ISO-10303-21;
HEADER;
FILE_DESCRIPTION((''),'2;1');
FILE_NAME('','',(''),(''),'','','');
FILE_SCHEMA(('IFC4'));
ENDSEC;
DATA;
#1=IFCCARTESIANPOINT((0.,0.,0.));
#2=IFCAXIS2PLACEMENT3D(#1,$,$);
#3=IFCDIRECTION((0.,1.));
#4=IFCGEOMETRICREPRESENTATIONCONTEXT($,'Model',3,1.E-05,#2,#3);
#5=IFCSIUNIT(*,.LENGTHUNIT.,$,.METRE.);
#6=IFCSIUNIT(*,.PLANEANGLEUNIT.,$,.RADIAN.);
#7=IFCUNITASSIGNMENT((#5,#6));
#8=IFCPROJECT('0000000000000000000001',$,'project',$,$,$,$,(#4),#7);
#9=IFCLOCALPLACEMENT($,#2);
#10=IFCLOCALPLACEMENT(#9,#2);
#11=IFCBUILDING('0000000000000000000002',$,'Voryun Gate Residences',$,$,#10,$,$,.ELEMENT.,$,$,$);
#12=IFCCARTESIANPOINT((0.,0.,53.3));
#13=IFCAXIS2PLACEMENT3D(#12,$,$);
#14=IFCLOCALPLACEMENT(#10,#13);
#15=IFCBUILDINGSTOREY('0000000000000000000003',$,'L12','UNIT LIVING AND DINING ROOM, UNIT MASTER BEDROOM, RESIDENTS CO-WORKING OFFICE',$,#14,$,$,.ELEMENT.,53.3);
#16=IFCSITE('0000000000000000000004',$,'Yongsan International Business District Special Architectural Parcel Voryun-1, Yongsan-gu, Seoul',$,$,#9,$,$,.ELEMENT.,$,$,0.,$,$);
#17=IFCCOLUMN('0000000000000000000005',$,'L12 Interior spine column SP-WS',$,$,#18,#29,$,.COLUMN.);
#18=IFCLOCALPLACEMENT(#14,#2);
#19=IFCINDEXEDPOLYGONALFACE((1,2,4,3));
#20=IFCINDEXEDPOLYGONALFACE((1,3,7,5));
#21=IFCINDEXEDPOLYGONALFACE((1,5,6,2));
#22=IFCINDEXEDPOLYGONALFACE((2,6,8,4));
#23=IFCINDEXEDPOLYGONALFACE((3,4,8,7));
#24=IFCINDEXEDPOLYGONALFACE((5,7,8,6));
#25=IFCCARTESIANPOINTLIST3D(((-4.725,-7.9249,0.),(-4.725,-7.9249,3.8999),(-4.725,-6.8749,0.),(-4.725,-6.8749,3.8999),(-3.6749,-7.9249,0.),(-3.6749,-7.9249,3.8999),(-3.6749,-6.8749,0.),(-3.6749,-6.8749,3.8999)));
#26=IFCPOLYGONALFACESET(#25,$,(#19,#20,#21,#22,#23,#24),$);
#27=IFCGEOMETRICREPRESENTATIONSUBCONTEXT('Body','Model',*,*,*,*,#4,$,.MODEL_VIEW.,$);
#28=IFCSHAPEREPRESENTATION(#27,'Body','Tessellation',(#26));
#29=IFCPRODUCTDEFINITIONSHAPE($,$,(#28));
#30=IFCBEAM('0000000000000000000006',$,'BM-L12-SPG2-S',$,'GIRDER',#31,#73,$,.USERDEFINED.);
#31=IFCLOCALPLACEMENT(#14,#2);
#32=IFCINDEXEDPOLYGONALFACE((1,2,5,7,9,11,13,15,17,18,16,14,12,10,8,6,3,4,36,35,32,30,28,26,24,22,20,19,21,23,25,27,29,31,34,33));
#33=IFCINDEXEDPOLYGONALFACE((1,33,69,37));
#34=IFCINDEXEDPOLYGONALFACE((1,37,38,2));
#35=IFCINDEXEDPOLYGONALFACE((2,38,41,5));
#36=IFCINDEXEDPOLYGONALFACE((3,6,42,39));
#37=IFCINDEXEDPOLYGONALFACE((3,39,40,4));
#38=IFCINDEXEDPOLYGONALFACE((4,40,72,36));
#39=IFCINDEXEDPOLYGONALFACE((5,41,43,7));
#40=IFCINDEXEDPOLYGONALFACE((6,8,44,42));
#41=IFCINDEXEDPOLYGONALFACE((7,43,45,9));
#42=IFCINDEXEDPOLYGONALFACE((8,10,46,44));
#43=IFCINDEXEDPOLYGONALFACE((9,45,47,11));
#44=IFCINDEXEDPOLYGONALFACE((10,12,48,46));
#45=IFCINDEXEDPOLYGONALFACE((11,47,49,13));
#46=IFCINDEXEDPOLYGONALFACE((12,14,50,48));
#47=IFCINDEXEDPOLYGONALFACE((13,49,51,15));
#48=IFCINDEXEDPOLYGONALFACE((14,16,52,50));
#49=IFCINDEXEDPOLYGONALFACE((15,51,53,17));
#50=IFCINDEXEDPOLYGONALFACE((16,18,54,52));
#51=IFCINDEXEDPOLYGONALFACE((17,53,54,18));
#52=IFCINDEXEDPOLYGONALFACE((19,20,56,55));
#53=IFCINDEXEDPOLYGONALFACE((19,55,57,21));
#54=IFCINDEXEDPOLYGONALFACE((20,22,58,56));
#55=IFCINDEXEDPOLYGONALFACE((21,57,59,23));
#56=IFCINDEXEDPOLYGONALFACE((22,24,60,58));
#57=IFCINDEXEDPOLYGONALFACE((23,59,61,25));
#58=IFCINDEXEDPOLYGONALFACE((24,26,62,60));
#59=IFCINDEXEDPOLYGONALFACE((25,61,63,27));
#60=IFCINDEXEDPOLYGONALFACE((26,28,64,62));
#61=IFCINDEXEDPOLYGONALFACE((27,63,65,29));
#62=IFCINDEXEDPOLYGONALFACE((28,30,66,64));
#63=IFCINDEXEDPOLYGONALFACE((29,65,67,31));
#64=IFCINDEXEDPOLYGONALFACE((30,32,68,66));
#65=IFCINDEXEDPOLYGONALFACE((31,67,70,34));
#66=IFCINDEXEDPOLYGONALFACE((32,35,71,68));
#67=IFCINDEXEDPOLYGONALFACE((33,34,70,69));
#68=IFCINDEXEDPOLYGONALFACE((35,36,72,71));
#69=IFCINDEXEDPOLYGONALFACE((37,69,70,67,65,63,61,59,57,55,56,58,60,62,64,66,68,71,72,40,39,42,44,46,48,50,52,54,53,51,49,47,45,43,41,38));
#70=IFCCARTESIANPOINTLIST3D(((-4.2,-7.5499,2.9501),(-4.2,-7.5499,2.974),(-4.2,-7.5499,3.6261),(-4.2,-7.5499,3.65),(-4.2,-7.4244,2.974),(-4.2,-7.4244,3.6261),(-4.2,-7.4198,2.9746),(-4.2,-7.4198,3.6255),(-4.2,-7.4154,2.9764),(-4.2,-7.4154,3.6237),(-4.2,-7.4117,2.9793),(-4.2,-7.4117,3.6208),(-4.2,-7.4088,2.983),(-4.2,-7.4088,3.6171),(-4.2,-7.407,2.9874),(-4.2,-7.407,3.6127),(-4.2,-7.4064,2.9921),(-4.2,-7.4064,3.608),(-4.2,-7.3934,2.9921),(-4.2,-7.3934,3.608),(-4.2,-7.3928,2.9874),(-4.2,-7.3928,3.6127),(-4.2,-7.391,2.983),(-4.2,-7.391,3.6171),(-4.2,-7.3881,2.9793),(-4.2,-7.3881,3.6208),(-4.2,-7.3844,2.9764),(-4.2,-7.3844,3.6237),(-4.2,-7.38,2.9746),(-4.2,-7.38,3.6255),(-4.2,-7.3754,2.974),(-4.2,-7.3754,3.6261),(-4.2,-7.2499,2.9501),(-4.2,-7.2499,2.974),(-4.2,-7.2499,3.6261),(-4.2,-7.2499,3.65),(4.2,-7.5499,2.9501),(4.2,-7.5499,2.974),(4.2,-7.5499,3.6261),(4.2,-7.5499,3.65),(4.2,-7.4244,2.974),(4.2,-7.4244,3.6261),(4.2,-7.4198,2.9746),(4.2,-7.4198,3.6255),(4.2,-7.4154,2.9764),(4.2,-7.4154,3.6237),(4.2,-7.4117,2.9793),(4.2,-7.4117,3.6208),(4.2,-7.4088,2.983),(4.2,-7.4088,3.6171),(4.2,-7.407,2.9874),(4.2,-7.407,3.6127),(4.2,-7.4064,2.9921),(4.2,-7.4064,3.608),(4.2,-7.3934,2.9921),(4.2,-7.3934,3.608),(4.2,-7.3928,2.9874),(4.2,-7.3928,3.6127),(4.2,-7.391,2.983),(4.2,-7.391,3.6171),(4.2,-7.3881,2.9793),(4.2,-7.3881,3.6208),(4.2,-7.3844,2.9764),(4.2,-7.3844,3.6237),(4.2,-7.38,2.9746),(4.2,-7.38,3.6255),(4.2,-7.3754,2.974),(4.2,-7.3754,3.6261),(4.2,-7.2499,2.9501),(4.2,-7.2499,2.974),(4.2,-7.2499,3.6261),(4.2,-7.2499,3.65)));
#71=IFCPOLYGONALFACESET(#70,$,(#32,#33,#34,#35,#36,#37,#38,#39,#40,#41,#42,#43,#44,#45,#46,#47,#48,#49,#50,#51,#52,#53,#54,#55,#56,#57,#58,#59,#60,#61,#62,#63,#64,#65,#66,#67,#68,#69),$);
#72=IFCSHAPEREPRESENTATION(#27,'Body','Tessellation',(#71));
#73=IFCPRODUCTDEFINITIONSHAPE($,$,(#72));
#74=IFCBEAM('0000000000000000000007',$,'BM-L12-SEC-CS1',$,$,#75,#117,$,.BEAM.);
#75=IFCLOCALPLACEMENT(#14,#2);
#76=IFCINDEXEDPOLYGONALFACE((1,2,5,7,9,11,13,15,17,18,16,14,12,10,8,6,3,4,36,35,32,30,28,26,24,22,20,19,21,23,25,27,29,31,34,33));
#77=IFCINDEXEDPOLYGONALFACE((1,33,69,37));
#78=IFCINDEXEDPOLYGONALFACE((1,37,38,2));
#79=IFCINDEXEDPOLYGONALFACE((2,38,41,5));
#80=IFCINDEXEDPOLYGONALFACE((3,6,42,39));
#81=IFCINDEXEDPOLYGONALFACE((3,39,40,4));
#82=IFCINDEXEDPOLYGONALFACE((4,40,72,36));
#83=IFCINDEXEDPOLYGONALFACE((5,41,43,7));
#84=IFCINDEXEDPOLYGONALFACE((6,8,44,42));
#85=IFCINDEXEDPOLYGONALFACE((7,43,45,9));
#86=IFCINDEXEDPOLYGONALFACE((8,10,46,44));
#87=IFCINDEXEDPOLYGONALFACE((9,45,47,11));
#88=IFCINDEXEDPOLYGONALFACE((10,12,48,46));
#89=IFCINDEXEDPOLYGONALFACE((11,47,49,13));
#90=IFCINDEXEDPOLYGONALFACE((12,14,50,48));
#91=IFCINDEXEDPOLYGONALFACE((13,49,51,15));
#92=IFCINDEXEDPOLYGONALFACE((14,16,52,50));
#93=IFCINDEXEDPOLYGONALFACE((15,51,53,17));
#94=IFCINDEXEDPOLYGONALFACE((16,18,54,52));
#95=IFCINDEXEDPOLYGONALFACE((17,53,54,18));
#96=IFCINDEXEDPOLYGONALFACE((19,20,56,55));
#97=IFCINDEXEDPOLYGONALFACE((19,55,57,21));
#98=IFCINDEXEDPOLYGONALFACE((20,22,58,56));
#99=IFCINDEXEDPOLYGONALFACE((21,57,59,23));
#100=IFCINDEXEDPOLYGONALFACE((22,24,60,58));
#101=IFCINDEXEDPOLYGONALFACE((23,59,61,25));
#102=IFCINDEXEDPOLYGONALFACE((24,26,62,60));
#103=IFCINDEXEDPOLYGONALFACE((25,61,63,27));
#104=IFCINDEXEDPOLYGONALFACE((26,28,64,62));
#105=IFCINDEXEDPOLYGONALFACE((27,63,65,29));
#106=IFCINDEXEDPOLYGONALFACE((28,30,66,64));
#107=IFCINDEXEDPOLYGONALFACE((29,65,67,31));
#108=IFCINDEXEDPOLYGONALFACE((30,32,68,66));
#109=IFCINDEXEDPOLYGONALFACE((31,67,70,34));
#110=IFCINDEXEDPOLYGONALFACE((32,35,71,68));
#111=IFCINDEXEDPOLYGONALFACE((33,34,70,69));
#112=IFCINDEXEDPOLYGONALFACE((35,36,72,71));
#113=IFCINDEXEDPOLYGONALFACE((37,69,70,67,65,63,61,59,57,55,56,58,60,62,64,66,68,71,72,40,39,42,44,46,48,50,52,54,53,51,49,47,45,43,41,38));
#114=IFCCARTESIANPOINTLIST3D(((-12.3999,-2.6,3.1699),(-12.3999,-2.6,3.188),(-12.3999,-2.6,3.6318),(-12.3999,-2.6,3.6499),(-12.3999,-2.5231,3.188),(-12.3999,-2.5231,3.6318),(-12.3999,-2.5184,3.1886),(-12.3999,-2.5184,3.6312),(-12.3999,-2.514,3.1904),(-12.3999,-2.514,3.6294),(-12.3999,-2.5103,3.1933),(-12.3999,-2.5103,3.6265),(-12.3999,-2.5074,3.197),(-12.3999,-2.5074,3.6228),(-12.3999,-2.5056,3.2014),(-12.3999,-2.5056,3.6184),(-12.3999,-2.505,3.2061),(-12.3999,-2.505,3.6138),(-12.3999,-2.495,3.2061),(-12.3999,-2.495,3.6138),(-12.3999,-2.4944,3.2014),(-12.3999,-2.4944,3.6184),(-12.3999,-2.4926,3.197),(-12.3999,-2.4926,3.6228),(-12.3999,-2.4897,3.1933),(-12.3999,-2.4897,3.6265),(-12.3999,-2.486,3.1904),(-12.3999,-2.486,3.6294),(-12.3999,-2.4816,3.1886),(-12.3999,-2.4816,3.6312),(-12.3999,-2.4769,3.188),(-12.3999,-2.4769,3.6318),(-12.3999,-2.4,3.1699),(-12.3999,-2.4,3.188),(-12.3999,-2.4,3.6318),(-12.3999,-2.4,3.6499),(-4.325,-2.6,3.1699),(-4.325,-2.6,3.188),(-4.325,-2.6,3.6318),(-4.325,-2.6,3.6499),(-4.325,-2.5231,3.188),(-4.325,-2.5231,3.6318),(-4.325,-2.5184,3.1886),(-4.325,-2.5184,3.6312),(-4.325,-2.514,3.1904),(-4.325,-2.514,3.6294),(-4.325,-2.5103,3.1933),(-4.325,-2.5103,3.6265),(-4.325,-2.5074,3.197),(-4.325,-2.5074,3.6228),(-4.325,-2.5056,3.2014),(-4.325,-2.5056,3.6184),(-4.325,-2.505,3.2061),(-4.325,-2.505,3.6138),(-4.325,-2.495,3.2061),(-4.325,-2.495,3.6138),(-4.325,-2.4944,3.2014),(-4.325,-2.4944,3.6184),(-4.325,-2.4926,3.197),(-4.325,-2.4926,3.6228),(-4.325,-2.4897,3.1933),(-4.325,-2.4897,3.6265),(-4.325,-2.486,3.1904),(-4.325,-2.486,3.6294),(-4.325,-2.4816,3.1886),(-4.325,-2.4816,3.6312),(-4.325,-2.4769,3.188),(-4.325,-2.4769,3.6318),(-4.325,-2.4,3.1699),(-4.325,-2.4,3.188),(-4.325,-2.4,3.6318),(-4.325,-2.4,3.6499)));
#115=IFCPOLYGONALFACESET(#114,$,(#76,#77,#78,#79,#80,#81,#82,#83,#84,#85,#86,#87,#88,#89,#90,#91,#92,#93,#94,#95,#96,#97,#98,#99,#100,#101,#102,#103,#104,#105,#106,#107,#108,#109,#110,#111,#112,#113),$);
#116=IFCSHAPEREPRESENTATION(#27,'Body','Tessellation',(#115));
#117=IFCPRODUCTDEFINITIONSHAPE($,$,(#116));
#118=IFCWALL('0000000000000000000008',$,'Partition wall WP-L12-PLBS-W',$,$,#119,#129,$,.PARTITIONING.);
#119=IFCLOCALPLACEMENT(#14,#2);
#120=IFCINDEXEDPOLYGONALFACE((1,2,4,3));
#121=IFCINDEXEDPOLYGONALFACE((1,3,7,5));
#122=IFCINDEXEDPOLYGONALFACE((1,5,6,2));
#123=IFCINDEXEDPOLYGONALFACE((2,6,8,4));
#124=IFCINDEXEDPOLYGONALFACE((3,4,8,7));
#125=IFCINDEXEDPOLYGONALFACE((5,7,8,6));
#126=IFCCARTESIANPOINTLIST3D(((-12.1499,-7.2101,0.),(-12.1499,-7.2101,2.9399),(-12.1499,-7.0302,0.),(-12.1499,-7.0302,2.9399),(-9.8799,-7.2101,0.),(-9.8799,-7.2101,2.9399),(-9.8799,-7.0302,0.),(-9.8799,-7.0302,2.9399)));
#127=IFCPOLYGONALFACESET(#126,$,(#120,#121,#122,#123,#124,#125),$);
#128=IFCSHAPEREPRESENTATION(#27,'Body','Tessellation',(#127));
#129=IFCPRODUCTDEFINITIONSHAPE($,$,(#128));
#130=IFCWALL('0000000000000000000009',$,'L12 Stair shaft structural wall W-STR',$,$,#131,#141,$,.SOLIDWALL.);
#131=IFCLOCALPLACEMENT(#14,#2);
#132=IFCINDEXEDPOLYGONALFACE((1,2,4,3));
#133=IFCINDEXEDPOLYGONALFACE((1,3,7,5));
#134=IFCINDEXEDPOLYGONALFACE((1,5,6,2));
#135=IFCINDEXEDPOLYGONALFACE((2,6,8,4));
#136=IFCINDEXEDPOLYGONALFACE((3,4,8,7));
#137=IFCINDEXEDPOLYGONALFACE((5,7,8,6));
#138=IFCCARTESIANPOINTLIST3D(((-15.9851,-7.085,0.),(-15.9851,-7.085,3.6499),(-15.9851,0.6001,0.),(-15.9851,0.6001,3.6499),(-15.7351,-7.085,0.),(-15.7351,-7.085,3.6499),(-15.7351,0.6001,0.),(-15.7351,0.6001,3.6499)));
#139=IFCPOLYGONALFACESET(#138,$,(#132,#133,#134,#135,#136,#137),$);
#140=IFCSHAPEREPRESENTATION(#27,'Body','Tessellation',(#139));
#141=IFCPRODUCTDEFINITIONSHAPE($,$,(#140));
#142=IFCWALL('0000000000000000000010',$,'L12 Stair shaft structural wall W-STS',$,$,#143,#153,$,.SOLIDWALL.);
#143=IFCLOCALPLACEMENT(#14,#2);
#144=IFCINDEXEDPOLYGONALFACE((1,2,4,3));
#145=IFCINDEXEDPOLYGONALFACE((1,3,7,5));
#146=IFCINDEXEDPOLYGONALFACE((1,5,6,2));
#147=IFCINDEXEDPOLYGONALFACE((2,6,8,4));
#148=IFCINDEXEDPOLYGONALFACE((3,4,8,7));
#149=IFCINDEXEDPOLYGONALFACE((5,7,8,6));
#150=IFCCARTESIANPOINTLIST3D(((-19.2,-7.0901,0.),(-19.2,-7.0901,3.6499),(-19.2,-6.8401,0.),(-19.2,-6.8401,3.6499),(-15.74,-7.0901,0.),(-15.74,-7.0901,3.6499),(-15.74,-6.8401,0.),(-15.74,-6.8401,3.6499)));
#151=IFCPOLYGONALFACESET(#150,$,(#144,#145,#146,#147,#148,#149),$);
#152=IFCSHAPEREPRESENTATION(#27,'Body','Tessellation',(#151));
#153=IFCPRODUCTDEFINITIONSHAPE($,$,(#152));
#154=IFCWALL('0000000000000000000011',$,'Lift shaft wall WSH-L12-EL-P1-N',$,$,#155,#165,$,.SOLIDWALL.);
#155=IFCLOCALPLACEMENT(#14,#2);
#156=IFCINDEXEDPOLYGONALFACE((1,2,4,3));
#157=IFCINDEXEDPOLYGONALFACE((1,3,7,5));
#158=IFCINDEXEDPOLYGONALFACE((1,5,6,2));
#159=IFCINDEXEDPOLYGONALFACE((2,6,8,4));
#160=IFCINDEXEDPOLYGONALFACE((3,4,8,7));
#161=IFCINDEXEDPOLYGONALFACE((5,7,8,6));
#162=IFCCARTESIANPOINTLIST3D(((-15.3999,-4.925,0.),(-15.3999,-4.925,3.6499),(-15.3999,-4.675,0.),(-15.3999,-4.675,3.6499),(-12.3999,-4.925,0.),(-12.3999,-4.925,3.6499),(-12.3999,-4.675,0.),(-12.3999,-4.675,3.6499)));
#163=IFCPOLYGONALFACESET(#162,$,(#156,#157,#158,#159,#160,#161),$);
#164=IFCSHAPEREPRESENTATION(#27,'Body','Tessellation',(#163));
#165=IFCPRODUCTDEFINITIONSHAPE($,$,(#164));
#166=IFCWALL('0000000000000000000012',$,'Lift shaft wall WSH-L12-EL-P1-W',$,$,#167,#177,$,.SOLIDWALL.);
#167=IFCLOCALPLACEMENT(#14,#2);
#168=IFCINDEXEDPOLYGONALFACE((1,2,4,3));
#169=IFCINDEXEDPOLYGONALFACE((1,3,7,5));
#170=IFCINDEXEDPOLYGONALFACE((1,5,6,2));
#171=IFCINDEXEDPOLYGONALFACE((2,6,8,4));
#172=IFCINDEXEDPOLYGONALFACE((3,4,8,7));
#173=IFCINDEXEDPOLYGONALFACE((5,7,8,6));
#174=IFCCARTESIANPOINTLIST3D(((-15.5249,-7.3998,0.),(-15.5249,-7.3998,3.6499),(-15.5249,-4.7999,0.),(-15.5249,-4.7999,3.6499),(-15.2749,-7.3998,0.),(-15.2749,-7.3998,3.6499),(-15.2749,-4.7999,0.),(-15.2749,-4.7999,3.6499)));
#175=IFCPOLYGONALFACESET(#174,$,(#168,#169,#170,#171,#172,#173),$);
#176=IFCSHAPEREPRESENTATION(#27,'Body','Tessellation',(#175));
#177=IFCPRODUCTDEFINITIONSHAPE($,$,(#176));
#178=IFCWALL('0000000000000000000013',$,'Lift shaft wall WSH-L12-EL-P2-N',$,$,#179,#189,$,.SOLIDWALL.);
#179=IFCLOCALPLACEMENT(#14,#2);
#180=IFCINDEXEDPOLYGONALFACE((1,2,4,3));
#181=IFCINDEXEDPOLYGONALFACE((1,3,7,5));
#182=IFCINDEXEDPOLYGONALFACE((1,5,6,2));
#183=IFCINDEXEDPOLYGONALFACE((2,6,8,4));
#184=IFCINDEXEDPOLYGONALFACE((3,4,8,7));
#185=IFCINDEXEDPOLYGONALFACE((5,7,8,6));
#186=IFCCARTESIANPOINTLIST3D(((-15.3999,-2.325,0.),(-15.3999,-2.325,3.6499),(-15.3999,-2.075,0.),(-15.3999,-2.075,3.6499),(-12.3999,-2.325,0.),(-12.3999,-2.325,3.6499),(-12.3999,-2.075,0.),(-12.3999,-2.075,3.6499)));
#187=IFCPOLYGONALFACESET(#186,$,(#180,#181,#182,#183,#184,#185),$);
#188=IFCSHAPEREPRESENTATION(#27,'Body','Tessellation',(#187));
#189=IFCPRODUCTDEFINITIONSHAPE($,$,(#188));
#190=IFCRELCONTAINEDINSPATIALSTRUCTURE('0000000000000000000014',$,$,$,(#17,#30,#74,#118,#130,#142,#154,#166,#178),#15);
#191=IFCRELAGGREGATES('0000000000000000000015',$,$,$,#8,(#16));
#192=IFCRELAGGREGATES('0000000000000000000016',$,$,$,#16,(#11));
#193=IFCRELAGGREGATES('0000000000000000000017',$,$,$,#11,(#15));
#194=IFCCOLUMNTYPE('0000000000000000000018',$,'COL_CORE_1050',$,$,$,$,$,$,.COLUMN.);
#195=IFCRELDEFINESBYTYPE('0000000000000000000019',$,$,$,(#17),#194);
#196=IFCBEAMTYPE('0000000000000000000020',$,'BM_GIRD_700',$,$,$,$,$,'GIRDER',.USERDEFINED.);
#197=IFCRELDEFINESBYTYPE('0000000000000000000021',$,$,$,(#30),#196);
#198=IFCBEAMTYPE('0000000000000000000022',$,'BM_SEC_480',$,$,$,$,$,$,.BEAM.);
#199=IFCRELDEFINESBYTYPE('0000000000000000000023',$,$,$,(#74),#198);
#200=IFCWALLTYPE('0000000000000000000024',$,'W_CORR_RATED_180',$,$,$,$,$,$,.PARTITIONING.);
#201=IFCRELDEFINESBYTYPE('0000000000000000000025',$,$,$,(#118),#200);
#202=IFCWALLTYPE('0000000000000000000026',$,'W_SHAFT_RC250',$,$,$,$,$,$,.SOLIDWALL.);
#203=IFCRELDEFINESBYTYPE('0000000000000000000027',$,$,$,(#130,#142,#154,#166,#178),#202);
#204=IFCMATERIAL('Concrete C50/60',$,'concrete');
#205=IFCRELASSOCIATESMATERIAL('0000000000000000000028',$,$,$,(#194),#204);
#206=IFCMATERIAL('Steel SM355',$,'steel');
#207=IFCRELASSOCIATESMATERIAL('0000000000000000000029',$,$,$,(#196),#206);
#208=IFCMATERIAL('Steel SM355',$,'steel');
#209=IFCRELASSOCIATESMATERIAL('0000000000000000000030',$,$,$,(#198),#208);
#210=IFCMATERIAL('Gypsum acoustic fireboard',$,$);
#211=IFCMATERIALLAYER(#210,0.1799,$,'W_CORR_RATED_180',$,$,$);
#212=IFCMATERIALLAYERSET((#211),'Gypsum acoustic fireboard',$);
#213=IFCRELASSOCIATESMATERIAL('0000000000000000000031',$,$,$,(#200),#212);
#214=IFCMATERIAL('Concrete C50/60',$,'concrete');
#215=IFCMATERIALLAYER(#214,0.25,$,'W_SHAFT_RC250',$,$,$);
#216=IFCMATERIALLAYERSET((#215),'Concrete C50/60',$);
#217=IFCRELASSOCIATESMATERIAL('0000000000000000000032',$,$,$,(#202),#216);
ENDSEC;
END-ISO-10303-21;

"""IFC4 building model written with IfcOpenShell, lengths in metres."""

from ifc_helpers import new_model, si_unit, direction, frame, frame_2d, origin, origin_2d, place, context, subcontext, project, spatial, rectangle, i_section, extrude, material, layer, layer_set, material_profile, profile_set, type_object, element, save


model = new_model("IFC4")

# Units and contexts
model_context = context("Model", 3, precision=1e-05, world=origin(), true_north=direction((0.0, 1.0)))
body_context = subcontext(model_context, "Body", "Model", "MODEL_VIEW")
ifc_project = project(units=[si_unit("LENGTHUNIT", "METRE"), si_unit("PLANEANGLEUNIT", "RADIAN")], contexts=[model_context])

# Site, building, storey
site_placement = place(None, origin())
site = spatial("IfcSite", under=ifc_project, at=site_placement, Name="Yongsan International Business District Special Architectural Parcel Voryun-1, Yongsan-gu, Seoul", CompositionType="ELEMENT", RefElevation=0.0)
building_placement = place(site_placement, origin())
building = spatial("IfcBuilding", under=site, at=building_placement, Name="Voryun Gate Residences", CompositionType="ELEMENT")
storey_placement = place(building_placement, frame((0.0, 0.0, 53.3)))
storey = spatial("IfcBuildingStorey", under=building, at=storey_placement, Name="L12", Description="UNIT LIVING AND DINING ROOM, UNIT MASTER BEDROOM, RESIDENTS CO-WORKING OFFICE", CompositionType="ELEMENT", Elevation=53.3)

# Column
ifc_material_1 = material(Name="Concrete C50/60", Category="concrete")
ifc_material_profile_1 = material_profile(ifc_material_1, rectangle(XDim=1.05, YDim=1.05, at=origin_2d()), Name="RC-1050x1050")
ifc_profile_set_1 = profile_set([ifc_material_profile_1], Name="Concrete C50/60")
column_type = type_object("IfcColumnType", Name="COL_CORE_1050", PredefinedType="COLUMN", material=ifc_profile_set_1)
column_placement = place(storey_placement, frame((-4.2, -7.3999, 0.0), z_axis=(0.0, 0.0, 1.0), x_axis=(1.0, 0.0, 0.0)))
element("IfcColumn", 1, at=column_placement, inside=storey, type_object=column_type, Name="L12 Interior spine column SP-WS", PredefinedType="COLUMN", context=body_context, shape_type="SweptSolid", body=[
    extrude(rectangle(XDim=1.05, YDim=1.05, at=origin_2d()), origin(), (0.0, 0.0, 1.0), 3.8999),
])

# Beams
ifc_material_2 = material(Name="Steel SM355", Category="steel")
ifc_material_profile_2 = material_profile(ifc_material_2, i_section(OverallWidth=0.3, OverallDepth=0.7, WebThickness=0.0129, FlangeThickness=0.0239, FilletRadius=0.0181, at=origin_2d()), Name="H-700x300x13x24")
ifc_profile_set_2 = profile_set([ifc_material_profile_2], Name="Steel SM355")
beam_type_1 = type_object("IfcBeamType", Name="BM_GIRD_700", ElementType="GIRDER", PredefinedType="USERDEFINED", material=ifc_profile_set_2)
beam_1_placement = place(storey_placement, frame((-4.2, -7.3999, 3.3), z_axis=(1.0, 0.0, 0.0), x_axis=(0.0, 1.0, 0.0)))
element("IfcBeam", 2, at=beam_1_placement, inside=storey, type_object=beam_type_1, Name="BM-L12-SPG2-S", ObjectType="GIRDER", PredefinedType="USERDEFINED", context=body_context, shape_type="SweptSolid", body=[
    extrude(i_section(OverallWidth=0.3, OverallDepth=0.7, WebThickness=0.0129, FlangeThickness=0.0239, FilletRadius=0.0181, at=origin_2d()), origin(), (0.0, 0.0, 1.0), 8.3999),
])
ifc_material_3 = material(Name="Steel SM355", Category="steel")
ifc_material_profile_3 = material_profile(ifc_material_3, i_section(OverallWidth=0.2, OverallDepth=0.48, WebThickness=0.01, FlangeThickness=0.0181, FilletRadius=0.0181, at=origin_2d()), Name="H-480x200x10x18")
ifc_profile_set_3 = profile_set([ifc_material_profile_3], Name="Steel SM355")
beam_type_2 = type_object("IfcBeamType", Name="BM_SEC_480", PredefinedType="BEAM", material=ifc_profile_set_3)
beam_2_placement = place(storey_placement, frame((-12.3999, -2.5, 3.4099), z_axis=(1.0, 0.0, 0.0), x_axis=(0.0, 1.0, 0.0)))
element("IfcBeam", 3, at=beam_2_placement, inside=storey, type_object=beam_type_2, Name="BM-L12-SEC-CS1", PredefinedType="BEAM", context=body_context, shape_type="SweptSolid", body=[
    extrude(i_section(OverallWidth=0.2, OverallDepth=0.48, WebThickness=0.01, FlangeThickness=0.0181, FilletRadius=0.0181, at=origin_2d()), origin(), (0.0, 0.0, 1.0), 8.075),
])

# Walls
ifc_material_4 = material(Name="Gypsum acoustic fireboard")
ifc_layer_1 = layer(ifc_material_4, 0.1799, Name="W_CORR_RATED_180")
ifc_layer_set_1 = layer_set([ifc_layer_1], Name="Gypsum acoustic fireboard")
wall_type_1 = type_object("IfcWallType", Name="W_CORR_RATED_180", PredefinedType="PARTITIONING", material=ifc_layer_set_1)
wall_1_placement = place(storey_placement, frame((-12.1499, -7.1201, 0.0), z_axis=(0.0, 0.0, 1.0), x_axis=(1.0, 0.0, 0.0)))
element("IfcWall", 4, at=wall_1_placement, inside=storey, type_object=wall_type_1, Name="Partition wall WP-L12-PLBS-W", PredefinedType="PARTITIONING", context=body_context, shape_type="SweptSolid", body=[
    extrude(rectangle(XDim=2.27, YDim=0.1799, at=frame_2d((1.135, 0.0))), origin(), (0.0, 0.0, 1.0), 2.9399),
])
ifc_material_5 = material(Name="Concrete C50/60", Category="concrete")
ifc_layer_2 = layer(ifc_material_5, 0.25, Name="W_SHAFT_RC250")
ifc_layer_set_2 = layer_set([ifc_layer_2], Name="Concrete C50/60")
wall_type_2 = type_object("IfcWallType", Name="W_SHAFT_RC250", PredefinedType="SOLIDWALL", material=ifc_layer_set_2)
wall_2_placement = place(storey_placement, frame((-15.8601, -7.085, 0.0), z_axis=(0.0, 0.0, 1.0), x_axis=(0.0, 1.0, 0.0)))
element("IfcWall", 5, at=wall_2_placement, inside=storey, type_object=wall_type_2, Name="L12 Stair shaft structural wall W-STR", PredefinedType="SOLIDWALL", context=body_context, shape_type="SweptSolid", body=[
    extrude(rectangle(XDim=7.6851, YDim=0.25, at=frame_2d((3.8425, 0.0))), origin(), (0.0, 0.0, 1.0), 3.6499),
])
wall_3_placement = place(storey_placement, frame((-19.2, -6.9651, 0.0), z_axis=(0.0, 0.0, 1.0), x_axis=(1.0, 0.0, 0.0)))
element("IfcWall", 6, at=wall_3_placement, inside=storey, type_object=wall_type_2, Name="L12 Stair shaft structural wall W-STS", PredefinedType="SOLIDWALL", context=body_context, shape_type="SweptSolid", body=[
    extrude(rectangle(XDim=3.46, YDim=0.25, at=frame_2d((1.73, 0.0))), origin(), (0.0, 0.0, 1.0), 3.6499),
])
wall_4_placement = place(storey_placement, frame((-12.3999, -4.8, 0.0), z_axis=(0.0, 0.0, 1.0), x_axis=(-1.0, 0.0, 0.0)))
element("IfcWall", 7, at=wall_4_placement, inside=storey, type_object=wall_type_2, Name="Lift shaft wall WSH-L12-EL-P1-N", PredefinedType="SOLIDWALL", context=body_context, shape_type="SweptSolid", body=[
    extrude(rectangle(XDim=3.0, YDim=0.25, at=frame_2d((1.5, 0.0))), origin(), (0.0, 0.0, 1.0), 3.6499),
])
wall_5_placement = place(storey_placement, frame((-15.3999, -4.8, 0.0), z_axis=(0.0, 0.0, 1.0), x_axis=(0.0, -1.0, 0.0)))
element("IfcWall", 8, at=wall_5_placement, inside=storey, type_object=wall_type_2, Name="Lift shaft wall WSH-L12-EL-P1-W", PredefinedType="SOLIDWALL", context=body_context, shape_type="SweptSolid", body=[
    extrude(rectangle(XDim=2.5999, YDim=0.25, at=frame_2d((1.2998, 0.0))), origin(), (0.0, 0.0, 1.0), 3.6499),
])
wall_6_placement = place(storey_placement, frame((-12.3999, -2.2, 0.0), z_axis=(0.0, 0.0, 1.0), x_axis=(-1.0, 0.0, 0.0)))
element("IfcWall", 9, at=wall_6_placement, inside=storey, type_object=wall_type_2, Name="Lift shaft wall WSH-L12-EL-P2-N", PredefinedType="SOLIDWALL", context=body_context, shape_type="SweptSolid", body=[
    extrude(rectangle(XDim=3.0, YDim=0.25, at=frame_2d((1.5, 0.0))), origin(), (0.0, 0.0, 1.0), 3.6499),
])

save(model, "model.ifc")
